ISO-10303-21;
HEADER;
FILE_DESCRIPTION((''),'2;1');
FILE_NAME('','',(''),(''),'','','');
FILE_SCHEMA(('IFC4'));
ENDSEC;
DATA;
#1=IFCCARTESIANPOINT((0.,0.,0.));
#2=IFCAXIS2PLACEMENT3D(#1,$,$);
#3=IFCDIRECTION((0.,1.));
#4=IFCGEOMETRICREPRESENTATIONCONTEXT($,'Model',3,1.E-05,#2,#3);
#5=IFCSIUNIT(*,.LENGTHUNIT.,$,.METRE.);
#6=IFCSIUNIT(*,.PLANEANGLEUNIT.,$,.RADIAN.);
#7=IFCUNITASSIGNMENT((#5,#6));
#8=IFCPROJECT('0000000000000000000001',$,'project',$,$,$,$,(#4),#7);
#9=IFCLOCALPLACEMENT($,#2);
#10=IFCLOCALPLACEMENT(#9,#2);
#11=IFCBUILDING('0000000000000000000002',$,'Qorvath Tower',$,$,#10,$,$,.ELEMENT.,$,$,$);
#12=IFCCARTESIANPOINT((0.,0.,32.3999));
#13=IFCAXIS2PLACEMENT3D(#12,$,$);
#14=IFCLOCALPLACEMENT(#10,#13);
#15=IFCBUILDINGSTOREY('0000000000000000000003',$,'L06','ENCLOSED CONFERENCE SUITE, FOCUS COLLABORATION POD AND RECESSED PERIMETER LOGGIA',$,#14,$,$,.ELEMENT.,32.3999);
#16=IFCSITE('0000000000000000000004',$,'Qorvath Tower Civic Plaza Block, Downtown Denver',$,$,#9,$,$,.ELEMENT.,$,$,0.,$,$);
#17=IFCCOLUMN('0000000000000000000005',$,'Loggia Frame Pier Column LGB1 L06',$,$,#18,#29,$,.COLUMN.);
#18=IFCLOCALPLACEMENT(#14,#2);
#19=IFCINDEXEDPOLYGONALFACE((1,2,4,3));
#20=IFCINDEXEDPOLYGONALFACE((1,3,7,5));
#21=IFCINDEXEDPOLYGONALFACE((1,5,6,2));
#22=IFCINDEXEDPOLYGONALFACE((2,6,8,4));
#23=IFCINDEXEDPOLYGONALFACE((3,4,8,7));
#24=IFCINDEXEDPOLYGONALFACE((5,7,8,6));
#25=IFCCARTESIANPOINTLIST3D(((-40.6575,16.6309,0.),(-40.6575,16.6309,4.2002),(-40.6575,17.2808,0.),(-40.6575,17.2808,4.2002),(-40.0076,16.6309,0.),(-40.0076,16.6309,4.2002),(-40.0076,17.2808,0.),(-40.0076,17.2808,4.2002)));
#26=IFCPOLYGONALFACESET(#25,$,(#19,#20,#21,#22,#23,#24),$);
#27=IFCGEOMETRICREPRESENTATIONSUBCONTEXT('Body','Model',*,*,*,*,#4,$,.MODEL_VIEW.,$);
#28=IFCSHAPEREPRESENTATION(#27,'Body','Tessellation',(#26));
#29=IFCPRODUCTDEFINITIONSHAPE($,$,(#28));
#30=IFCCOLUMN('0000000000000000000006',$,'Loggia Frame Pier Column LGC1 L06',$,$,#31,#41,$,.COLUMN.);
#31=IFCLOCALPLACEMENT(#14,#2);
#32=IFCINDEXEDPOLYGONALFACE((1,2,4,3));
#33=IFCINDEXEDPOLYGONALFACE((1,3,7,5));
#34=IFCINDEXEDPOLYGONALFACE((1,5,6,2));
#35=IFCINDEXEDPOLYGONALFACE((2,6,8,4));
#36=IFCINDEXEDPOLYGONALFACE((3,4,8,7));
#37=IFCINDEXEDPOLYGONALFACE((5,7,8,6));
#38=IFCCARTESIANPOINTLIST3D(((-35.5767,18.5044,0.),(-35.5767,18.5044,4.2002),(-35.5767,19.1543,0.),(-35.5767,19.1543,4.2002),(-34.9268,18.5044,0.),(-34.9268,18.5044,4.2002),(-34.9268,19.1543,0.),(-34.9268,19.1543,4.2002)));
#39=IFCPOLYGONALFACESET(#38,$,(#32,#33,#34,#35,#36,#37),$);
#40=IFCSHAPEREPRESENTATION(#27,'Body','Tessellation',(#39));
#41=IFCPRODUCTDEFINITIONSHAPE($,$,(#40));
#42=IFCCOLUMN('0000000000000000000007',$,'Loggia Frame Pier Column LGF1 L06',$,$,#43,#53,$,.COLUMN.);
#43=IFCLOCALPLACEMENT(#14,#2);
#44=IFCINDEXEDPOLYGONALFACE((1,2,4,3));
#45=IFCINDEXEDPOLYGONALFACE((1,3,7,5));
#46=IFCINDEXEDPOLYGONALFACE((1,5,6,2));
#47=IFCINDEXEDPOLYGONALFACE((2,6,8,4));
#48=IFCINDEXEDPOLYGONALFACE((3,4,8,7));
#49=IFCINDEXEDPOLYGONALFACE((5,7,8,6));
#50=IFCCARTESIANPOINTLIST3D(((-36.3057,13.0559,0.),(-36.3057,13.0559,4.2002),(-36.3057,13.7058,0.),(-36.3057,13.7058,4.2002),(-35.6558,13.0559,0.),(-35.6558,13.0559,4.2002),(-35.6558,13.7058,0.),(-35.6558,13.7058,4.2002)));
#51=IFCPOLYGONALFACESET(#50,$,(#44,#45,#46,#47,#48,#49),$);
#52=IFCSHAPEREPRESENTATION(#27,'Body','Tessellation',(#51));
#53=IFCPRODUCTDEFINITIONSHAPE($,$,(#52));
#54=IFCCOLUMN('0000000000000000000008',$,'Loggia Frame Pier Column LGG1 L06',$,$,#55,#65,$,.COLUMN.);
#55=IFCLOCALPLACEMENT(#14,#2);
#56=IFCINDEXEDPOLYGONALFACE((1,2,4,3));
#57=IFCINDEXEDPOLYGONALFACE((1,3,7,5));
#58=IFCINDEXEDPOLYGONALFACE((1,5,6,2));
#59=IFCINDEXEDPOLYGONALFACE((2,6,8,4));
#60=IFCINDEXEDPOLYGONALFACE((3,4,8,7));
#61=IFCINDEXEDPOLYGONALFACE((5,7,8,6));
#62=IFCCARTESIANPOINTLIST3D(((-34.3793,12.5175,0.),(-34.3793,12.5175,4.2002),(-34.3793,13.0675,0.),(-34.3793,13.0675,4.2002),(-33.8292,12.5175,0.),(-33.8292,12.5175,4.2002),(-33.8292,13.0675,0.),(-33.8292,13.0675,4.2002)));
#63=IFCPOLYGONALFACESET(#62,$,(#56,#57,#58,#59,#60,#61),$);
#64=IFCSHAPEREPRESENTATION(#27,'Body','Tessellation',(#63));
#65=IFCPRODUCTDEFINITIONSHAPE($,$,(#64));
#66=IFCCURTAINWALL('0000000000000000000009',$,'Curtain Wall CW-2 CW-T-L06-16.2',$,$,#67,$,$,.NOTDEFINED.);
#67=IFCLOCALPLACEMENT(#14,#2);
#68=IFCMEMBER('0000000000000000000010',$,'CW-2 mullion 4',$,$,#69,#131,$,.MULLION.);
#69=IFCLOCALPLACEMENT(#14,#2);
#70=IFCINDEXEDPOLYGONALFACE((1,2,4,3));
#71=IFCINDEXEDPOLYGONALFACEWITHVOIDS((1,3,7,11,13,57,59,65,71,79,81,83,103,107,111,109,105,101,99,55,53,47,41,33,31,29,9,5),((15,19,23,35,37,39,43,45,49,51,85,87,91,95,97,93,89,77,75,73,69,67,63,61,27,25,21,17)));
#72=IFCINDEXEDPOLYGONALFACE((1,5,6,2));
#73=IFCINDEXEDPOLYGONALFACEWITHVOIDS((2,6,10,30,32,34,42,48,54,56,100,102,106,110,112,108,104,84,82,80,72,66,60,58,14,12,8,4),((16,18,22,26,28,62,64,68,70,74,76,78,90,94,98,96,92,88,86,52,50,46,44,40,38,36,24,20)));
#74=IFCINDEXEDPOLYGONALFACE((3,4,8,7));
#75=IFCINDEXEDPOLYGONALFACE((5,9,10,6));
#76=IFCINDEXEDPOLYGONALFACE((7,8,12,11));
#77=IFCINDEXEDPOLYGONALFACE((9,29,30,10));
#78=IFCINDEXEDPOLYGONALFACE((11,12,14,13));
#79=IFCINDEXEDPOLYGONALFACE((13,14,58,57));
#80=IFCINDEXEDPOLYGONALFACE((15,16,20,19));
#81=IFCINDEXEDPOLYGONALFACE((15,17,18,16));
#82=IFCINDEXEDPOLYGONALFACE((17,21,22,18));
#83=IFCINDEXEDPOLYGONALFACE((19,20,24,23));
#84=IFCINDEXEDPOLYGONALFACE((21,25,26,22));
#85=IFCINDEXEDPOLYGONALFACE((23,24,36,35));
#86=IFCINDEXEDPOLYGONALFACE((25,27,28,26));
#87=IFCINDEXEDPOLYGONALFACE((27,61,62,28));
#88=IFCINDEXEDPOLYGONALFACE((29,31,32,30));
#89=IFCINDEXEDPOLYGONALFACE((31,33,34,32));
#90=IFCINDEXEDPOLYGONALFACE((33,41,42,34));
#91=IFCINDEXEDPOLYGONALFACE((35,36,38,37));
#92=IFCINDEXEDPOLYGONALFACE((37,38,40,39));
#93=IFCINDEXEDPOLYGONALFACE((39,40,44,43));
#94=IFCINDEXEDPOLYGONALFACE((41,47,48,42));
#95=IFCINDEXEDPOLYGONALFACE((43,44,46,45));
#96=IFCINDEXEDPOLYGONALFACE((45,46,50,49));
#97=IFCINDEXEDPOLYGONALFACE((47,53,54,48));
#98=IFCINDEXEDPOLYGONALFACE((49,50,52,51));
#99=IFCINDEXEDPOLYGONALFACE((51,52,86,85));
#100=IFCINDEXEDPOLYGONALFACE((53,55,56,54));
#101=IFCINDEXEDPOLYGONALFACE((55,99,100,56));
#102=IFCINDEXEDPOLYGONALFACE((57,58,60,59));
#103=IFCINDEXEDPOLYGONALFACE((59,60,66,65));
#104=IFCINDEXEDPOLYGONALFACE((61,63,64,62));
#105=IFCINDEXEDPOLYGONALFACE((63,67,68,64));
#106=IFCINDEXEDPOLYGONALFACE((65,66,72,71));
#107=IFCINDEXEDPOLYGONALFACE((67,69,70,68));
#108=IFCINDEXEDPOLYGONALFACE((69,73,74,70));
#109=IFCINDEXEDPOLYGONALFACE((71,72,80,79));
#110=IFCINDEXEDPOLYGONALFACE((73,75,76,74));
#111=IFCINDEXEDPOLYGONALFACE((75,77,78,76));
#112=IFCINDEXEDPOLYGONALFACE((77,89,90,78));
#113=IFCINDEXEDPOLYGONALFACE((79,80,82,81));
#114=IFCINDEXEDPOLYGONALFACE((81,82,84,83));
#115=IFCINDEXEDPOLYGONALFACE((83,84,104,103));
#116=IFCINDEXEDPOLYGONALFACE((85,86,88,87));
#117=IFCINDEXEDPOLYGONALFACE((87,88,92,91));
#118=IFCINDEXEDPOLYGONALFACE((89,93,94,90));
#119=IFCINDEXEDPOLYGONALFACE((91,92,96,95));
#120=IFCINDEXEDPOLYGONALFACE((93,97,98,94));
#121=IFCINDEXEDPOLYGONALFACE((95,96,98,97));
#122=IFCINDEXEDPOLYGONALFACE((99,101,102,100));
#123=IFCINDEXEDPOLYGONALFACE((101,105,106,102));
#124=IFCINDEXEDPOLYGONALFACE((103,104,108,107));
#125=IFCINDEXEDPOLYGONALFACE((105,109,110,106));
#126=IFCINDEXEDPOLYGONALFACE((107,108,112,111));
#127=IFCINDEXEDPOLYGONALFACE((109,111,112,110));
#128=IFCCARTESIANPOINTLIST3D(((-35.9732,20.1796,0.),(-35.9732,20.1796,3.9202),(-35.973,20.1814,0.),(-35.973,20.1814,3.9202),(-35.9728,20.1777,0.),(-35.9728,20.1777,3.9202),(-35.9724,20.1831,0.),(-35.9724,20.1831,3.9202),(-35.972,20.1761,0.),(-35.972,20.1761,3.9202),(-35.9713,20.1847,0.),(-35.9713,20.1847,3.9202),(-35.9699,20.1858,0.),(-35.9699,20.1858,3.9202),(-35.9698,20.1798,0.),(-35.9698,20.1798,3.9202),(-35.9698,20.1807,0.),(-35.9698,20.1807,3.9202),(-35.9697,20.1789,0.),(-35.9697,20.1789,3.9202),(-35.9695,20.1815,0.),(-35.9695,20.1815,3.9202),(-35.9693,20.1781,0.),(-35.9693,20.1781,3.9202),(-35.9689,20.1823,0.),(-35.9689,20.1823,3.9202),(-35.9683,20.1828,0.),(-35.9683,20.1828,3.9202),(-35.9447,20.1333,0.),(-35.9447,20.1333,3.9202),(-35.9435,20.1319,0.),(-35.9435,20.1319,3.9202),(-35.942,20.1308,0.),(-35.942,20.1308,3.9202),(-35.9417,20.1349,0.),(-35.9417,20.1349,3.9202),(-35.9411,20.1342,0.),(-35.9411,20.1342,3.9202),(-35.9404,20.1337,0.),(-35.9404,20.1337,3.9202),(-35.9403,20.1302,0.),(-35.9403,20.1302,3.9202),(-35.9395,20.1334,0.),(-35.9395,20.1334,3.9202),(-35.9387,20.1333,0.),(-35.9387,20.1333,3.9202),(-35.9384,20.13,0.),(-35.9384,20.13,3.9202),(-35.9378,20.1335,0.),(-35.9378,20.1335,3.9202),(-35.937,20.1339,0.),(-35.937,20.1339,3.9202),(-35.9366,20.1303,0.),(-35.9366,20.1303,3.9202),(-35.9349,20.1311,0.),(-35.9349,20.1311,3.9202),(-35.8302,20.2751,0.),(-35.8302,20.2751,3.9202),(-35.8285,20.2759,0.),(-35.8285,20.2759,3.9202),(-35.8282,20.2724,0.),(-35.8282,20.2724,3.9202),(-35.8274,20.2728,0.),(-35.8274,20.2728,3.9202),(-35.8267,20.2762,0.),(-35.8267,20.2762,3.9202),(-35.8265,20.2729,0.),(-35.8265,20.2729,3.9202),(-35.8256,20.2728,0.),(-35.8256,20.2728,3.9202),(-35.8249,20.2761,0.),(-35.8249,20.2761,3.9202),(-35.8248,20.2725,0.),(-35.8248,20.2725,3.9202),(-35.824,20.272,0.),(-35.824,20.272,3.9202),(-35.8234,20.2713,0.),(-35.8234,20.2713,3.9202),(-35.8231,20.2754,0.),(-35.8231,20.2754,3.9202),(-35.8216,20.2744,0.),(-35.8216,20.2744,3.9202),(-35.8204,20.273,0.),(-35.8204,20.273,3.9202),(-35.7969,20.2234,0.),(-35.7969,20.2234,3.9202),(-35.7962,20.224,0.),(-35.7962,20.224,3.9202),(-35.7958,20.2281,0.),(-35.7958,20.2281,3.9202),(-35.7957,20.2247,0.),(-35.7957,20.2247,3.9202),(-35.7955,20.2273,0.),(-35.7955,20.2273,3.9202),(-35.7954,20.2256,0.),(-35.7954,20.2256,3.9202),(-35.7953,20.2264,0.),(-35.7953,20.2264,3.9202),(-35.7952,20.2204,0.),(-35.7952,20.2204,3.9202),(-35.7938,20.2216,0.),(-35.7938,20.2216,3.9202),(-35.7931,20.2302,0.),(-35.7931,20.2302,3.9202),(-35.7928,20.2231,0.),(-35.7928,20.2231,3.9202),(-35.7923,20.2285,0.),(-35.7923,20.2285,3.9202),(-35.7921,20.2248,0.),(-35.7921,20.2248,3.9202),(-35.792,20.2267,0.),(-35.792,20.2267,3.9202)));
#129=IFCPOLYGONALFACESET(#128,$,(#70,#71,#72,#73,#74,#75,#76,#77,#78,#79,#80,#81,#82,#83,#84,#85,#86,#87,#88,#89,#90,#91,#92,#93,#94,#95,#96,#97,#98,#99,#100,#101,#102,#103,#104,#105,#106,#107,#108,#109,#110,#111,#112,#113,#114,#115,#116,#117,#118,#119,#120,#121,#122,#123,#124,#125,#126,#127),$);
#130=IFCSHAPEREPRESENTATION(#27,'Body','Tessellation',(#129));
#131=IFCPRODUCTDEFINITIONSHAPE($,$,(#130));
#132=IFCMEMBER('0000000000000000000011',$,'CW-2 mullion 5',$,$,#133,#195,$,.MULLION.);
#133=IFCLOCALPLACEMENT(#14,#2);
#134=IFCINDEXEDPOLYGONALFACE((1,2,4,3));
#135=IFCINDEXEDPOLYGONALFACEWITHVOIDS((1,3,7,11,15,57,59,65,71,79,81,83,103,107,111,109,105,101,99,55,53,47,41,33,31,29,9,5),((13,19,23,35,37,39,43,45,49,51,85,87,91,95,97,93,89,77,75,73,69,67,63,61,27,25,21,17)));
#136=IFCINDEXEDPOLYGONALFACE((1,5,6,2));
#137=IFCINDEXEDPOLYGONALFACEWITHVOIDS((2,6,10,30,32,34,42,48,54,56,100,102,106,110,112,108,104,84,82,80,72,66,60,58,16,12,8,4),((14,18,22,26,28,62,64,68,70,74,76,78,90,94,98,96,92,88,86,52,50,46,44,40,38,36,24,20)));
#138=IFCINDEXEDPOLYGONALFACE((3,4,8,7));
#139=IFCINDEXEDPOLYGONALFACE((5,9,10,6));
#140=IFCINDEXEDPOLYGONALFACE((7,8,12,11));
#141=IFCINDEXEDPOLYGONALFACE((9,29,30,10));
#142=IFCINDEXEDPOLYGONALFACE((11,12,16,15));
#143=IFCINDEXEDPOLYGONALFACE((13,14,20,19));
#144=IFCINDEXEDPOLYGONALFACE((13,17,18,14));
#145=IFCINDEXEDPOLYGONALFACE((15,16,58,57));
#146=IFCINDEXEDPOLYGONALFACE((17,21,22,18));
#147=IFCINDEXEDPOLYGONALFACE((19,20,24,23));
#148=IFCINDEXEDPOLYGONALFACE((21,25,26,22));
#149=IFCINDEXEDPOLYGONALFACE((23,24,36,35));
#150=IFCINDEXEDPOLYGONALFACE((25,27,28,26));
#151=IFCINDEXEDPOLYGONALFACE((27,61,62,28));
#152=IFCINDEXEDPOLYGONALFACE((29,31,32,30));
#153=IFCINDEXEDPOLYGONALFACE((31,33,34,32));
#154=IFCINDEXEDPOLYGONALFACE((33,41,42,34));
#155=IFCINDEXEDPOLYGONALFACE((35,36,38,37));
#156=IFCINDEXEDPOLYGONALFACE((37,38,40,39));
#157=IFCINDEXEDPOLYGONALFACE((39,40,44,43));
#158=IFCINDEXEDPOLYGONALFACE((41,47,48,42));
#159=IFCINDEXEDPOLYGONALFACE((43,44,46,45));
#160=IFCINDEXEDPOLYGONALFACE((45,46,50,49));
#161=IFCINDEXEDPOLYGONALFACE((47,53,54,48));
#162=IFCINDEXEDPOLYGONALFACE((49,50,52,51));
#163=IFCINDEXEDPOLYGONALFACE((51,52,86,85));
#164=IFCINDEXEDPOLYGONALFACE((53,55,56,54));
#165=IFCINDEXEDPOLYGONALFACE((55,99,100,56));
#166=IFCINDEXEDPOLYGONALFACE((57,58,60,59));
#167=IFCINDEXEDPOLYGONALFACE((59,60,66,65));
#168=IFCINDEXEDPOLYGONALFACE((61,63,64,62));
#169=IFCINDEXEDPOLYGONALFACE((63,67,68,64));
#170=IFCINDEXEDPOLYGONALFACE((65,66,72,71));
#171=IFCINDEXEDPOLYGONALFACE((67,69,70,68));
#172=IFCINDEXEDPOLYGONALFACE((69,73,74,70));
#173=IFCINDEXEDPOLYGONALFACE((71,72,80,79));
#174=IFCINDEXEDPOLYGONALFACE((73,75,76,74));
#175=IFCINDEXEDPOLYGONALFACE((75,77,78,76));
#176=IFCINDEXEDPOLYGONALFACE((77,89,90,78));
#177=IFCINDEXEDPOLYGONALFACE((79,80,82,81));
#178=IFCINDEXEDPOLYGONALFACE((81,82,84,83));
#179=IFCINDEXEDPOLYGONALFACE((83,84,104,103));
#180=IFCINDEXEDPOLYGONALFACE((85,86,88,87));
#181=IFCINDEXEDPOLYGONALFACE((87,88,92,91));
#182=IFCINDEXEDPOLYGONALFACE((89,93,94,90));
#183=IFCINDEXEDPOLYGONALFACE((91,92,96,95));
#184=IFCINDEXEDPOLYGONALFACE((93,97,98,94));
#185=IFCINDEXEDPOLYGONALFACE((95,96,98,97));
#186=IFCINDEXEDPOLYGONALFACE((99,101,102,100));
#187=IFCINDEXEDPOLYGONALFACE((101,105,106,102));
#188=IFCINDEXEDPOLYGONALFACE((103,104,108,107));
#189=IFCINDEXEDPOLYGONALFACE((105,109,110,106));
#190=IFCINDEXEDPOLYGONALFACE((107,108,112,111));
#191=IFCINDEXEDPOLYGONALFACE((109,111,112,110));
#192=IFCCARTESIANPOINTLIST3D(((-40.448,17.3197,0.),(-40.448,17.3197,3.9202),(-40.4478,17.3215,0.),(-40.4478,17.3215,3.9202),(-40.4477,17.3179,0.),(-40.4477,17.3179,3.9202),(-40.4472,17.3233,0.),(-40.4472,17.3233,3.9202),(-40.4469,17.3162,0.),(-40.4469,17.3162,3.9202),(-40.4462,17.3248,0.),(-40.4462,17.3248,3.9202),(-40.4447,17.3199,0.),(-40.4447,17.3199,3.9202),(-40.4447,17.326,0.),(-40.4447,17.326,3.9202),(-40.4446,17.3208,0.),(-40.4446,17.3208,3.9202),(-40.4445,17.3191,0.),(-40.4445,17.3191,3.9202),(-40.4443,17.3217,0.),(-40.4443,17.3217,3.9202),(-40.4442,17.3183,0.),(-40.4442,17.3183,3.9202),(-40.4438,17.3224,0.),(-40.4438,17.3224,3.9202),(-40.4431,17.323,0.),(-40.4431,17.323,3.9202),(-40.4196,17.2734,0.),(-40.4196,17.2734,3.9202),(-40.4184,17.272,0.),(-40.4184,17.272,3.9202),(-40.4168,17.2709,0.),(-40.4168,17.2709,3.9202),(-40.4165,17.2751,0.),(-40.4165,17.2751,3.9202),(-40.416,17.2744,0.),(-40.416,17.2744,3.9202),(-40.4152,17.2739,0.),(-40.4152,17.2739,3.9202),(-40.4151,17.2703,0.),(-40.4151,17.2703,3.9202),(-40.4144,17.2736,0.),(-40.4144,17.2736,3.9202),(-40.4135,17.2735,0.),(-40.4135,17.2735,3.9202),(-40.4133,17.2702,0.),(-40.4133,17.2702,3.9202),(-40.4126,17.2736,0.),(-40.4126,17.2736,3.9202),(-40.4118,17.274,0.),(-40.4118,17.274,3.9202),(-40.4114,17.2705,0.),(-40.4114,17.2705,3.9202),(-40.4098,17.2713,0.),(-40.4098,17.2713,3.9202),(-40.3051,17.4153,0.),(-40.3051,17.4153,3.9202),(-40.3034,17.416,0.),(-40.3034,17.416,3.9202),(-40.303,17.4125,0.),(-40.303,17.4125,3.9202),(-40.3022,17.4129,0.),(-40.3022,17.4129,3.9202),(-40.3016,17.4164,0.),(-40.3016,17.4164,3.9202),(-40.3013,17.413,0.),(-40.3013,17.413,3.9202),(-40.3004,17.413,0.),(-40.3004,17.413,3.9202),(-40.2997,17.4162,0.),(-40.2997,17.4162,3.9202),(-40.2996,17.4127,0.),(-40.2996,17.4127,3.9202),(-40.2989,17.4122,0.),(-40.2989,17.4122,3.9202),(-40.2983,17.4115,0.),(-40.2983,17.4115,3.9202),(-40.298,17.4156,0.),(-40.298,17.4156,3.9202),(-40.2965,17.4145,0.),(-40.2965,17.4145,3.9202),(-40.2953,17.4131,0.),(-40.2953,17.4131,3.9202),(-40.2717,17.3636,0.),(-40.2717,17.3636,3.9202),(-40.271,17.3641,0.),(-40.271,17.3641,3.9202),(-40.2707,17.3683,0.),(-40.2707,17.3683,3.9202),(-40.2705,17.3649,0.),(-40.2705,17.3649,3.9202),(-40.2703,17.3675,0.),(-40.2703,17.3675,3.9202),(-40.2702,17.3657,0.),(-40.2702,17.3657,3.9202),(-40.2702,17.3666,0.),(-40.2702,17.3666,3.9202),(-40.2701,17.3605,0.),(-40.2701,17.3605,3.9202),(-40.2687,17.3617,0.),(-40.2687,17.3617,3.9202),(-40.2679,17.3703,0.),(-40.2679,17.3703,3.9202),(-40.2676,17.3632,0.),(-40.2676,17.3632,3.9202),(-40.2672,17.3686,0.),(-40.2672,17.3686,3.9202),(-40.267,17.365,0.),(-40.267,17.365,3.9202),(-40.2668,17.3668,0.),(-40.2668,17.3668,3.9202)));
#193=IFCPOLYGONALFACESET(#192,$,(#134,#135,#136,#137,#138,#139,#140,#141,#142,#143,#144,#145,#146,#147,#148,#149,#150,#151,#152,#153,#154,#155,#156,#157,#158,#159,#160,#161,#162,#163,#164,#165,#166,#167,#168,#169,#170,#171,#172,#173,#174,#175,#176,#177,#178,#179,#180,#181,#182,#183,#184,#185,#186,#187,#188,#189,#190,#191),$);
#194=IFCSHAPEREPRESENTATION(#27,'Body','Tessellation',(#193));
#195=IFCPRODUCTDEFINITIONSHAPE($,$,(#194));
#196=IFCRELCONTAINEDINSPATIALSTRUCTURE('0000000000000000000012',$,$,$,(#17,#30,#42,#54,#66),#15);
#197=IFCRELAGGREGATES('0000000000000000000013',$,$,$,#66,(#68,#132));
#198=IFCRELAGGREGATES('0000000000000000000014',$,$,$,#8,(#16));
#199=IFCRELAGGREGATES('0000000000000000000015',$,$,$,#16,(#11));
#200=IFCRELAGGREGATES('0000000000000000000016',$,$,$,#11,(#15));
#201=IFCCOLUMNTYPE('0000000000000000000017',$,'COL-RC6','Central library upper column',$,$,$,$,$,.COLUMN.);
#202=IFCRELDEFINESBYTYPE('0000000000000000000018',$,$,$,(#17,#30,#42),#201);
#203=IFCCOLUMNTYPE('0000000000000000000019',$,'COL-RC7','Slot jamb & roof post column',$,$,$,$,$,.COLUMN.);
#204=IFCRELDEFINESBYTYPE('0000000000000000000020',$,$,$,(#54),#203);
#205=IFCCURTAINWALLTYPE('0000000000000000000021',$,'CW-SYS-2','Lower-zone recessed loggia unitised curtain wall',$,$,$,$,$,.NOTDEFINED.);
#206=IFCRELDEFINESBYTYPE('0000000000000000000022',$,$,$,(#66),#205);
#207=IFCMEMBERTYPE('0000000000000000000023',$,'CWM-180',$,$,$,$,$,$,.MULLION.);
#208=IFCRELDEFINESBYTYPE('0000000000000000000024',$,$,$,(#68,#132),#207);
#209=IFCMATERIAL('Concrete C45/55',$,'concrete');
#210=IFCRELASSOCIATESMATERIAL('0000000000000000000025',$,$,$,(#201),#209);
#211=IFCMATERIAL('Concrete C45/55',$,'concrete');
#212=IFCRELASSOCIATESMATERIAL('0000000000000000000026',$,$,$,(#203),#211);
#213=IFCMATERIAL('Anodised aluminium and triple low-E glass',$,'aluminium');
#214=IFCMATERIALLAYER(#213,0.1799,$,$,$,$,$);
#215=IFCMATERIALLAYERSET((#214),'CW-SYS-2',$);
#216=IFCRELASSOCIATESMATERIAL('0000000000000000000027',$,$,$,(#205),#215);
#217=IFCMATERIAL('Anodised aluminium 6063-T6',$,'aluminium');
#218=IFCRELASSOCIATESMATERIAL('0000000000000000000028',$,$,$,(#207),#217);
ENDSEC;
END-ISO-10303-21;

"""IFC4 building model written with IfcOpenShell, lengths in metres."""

from ifc_helpers import new_model, si_unit, direction, frame, origin, origin_2d, place, context, subcontext, project, spatial, rectangle, hollow_rectangle, extrude, material, layer, layer_set, material_profile, profile_set, type_object, element, aggregate, save


model = new_model("IFC4")

# Units and contexts
model_context = context("Model", 3, precision=1e-05, world=origin(), true_north=direction((0.0, 1.0)))
body_context = subcontext(model_context, "Body", "Model", "MODEL_VIEW")
ifc_project = project(units=[si_unit("LENGTHUNIT", "METRE"), si_unit("PLANEANGLEUNIT", "RADIAN")], contexts=[model_context])

# Site, building, storey
site_placement = place(None, origin())
site = spatial("IfcSite", under=ifc_project, at=site_placement, Name="Qorvath Tower Civic Plaza Block, Downtown Denver", CompositionType="ELEMENT", RefElevation=0.0)
building_placement = place(site_placement, origin())
building = spatial("IfcBuilding", under=site, at=building_placement, Name="Qorvath Tower", CompositionType="ELEMENT")
storey_placement = place(building_placement, frame((0.0, 0.0, 32.3999)))
storey = spatial("IfcBuildingStorey", under=building, at=storey_placement, Name="L06", Description="ENCLOSED CONFERENCE SUITE, FOCUS COLLABORATION POD AND RECESSED PERIMETER LOGGIA", CompositionType="ELEMENT", Elevation=32.3999)

# Columns
ifc_material_1 = material(Name="Concrete C45/55", Category="concrete")
ifc_material_profile_1 = material_profile(ifc_material_1, rectangle(XDim=0.6499, YDim=0.6499, at=origin_2d()), Name="RC 650x650")
ifc_profile_set_1 = profile_set([ifc_material_profile_1], Name="Concrete C45/55")
column_type_1 = type_object("IfcColumnType", Name="COL-RC6", Description="Central library upper column", PredefinedType="COLUMN", material=ifc_profile_set_1)
for number, where, z_axis, x_axis, name in (
    (1, (-40.3325, 16.9558, 0.0), (0.0, 0.0, 1.0), (1.0, 0.0, 0.0), "Loggia Frame Pier Column LGB1 L06"),
    (2, (-35.2517, 18.8293, 0.0), (0.0, 0.0, 1.0), (1.0, 0.0, 0.0), "Loggia Frame Pier Column LGC1 L06"),
    (3, (-35.9807, 13.3809, 0.0), (0.0, 0.0, 1.0), (1.0, 0.0, 0.0), "Loggia Frame Pier Column LGF1 L06"),
):
    element("IfcColumn", number, at=place(storey_placement, frame(where, z_axis=z_axis, x_axis=x_axis)), inside=storey, type_object=column_type_1, Name=name, PredefinedType="COLUMN", context=body_context, shape_type="SweptSolid", body=[
        extrude(rectangle(XDim=0.6499, YDim=0.6499, at=origin_2d()), origin(), (0.0, 0.0, 1.0), 4.2002),
    ])
ifc_material_2 = material(Name="Concrete C45/55", Category="concrete")
ifc_material_profile_2 = material_profile(ifc_material_2, rectangle(XDim=0.55, YDim=0.55, at=origin_2d()), Name="RC 550x550")
ifc_profile_set_2 = profile_set([ifc_material_profile_2], Name="Concrete C45/55")
column_type_2 = type_object("IfcColumnType", Name="COL-RC7", Description="Slot jamb & roof post column", PredefinedType="COLUMN", material=ifc_profile_set_2)
column_placement = place(storey_placement, frame((-34.1042, 12.7925, 0.0), z_axis=(0.0, 0.0, 1.0), x_axis=(1.0, 0.0, 0.0)))
element("IfcColumn", 4, at=column_placement, inside=storey, type_object=column_type_2, Name="Loggia Frame Pier Column LGG1 L06", PredefinedType="COLUMN", context=body_context, shape_type="SweptSolid", body=[
    extrude(rectangle(XDim=0.55, YDim=0.55, at=origin_2d()), origin(), (0.0, 0.0, 1.0), 4.2002),
])

# Curtain wall, members
ifc_material_3 = material(Name="Anodised aluminium and triple low-E glass", Category="aluminium")
ifc_layer_1 = layer(ifc_material_3, 0.1799)
ifc_layer_set_1 = layer_set([ifc_layer_1], Name="CW-SYS-2")
curtain_wall_type = type_object("IfcCurtainWallType", Name="CW-SYS-2", Description="Lower-zone recessed loggia unitised curtain wall", PredefinedType="NOTDEFINED", material=ifc_layer_set_1)
curtain_wall_placement = place(storey_placement, origin())
curtain_wall = element("IfcCurtainWall", 5, at=curtain_wall_placement, inside=storey, type_object=curtain_wall_type, Name="Curtain Wall CW-2 CW-T-L06-16.2", PredefinedType="NOTDEFINED")
ifc_material_4 = material(Name="Anodised aluminium 6063-T6", Category="aluminium")
ifc_material_profile_3 = material_profile(ifc_material_4, hollow_rectangle(XDim=0.0649, YDim=0.1799, WallThickness=0.0034, InnerFilletRadius=0.0034, OuterFilletRadius=0.0071, at=origin_2d()), Name="CWM 180x65")
ifc_profile_set_3 = profile_set([ifc_material_profile_3], Name="Anodised aluminium 6063-T6")
member_type_1 = type_object("IfcMemberType", Name="CWM-180", PredefinedType="MULLION", material=ifc_profile_set_3)
member_1_placement = place(storey_placement, frame((-35.8826, 20.2031, 0.0), z_axis=(0.0, 0.0, 1.0), x_axis=(0.538535, -0.842603, 0.0)))
member_1 = element("IfcMember", 6, at=member_1_placement, type_object=member_type_1, Name="CW-2 mullion 4", PredefinedType="MULLION", context=body_context, shape_type="SweptSolid", body=[
    extrude(hollow_rectangle(XDim=0.0649, YDim=0.1799, WallThickness=0.0034, InnerFilletRadius=0.0034, OuterFilletRadius=0.0071, at=origin_2d()), origin(), (0.0, 0.0, 1.0), 3.9202),
])
member_2_placement = place(storey_placement, frame((-40.3574, 17.3433, 0.0), z_axis=(0.0, 0.0, 1.0), x_axis=(0.538535, -0.842603, 0.0)))
member_2 = element("IfcMember", 7, at=member_2_placement, type_object=member_type_1, Name="CW-2 mullion 5", PredefinedType="MULLION", context=body_context, shape_type="SweptSolid", body=[
    extrude(hollow_rectangle(XDim=0.0649, YDim=0.1799, WallThickness=0.0034, InnerFilletRadius=0.0034, OuterFilletRadius=0.0071, at=origin_2d()), origin(), (0.0, 0.0, 1.0), 3.9202),
])
aggregate(curtain_wall, [member_1, member_2])

save(model, "model.ifc")
